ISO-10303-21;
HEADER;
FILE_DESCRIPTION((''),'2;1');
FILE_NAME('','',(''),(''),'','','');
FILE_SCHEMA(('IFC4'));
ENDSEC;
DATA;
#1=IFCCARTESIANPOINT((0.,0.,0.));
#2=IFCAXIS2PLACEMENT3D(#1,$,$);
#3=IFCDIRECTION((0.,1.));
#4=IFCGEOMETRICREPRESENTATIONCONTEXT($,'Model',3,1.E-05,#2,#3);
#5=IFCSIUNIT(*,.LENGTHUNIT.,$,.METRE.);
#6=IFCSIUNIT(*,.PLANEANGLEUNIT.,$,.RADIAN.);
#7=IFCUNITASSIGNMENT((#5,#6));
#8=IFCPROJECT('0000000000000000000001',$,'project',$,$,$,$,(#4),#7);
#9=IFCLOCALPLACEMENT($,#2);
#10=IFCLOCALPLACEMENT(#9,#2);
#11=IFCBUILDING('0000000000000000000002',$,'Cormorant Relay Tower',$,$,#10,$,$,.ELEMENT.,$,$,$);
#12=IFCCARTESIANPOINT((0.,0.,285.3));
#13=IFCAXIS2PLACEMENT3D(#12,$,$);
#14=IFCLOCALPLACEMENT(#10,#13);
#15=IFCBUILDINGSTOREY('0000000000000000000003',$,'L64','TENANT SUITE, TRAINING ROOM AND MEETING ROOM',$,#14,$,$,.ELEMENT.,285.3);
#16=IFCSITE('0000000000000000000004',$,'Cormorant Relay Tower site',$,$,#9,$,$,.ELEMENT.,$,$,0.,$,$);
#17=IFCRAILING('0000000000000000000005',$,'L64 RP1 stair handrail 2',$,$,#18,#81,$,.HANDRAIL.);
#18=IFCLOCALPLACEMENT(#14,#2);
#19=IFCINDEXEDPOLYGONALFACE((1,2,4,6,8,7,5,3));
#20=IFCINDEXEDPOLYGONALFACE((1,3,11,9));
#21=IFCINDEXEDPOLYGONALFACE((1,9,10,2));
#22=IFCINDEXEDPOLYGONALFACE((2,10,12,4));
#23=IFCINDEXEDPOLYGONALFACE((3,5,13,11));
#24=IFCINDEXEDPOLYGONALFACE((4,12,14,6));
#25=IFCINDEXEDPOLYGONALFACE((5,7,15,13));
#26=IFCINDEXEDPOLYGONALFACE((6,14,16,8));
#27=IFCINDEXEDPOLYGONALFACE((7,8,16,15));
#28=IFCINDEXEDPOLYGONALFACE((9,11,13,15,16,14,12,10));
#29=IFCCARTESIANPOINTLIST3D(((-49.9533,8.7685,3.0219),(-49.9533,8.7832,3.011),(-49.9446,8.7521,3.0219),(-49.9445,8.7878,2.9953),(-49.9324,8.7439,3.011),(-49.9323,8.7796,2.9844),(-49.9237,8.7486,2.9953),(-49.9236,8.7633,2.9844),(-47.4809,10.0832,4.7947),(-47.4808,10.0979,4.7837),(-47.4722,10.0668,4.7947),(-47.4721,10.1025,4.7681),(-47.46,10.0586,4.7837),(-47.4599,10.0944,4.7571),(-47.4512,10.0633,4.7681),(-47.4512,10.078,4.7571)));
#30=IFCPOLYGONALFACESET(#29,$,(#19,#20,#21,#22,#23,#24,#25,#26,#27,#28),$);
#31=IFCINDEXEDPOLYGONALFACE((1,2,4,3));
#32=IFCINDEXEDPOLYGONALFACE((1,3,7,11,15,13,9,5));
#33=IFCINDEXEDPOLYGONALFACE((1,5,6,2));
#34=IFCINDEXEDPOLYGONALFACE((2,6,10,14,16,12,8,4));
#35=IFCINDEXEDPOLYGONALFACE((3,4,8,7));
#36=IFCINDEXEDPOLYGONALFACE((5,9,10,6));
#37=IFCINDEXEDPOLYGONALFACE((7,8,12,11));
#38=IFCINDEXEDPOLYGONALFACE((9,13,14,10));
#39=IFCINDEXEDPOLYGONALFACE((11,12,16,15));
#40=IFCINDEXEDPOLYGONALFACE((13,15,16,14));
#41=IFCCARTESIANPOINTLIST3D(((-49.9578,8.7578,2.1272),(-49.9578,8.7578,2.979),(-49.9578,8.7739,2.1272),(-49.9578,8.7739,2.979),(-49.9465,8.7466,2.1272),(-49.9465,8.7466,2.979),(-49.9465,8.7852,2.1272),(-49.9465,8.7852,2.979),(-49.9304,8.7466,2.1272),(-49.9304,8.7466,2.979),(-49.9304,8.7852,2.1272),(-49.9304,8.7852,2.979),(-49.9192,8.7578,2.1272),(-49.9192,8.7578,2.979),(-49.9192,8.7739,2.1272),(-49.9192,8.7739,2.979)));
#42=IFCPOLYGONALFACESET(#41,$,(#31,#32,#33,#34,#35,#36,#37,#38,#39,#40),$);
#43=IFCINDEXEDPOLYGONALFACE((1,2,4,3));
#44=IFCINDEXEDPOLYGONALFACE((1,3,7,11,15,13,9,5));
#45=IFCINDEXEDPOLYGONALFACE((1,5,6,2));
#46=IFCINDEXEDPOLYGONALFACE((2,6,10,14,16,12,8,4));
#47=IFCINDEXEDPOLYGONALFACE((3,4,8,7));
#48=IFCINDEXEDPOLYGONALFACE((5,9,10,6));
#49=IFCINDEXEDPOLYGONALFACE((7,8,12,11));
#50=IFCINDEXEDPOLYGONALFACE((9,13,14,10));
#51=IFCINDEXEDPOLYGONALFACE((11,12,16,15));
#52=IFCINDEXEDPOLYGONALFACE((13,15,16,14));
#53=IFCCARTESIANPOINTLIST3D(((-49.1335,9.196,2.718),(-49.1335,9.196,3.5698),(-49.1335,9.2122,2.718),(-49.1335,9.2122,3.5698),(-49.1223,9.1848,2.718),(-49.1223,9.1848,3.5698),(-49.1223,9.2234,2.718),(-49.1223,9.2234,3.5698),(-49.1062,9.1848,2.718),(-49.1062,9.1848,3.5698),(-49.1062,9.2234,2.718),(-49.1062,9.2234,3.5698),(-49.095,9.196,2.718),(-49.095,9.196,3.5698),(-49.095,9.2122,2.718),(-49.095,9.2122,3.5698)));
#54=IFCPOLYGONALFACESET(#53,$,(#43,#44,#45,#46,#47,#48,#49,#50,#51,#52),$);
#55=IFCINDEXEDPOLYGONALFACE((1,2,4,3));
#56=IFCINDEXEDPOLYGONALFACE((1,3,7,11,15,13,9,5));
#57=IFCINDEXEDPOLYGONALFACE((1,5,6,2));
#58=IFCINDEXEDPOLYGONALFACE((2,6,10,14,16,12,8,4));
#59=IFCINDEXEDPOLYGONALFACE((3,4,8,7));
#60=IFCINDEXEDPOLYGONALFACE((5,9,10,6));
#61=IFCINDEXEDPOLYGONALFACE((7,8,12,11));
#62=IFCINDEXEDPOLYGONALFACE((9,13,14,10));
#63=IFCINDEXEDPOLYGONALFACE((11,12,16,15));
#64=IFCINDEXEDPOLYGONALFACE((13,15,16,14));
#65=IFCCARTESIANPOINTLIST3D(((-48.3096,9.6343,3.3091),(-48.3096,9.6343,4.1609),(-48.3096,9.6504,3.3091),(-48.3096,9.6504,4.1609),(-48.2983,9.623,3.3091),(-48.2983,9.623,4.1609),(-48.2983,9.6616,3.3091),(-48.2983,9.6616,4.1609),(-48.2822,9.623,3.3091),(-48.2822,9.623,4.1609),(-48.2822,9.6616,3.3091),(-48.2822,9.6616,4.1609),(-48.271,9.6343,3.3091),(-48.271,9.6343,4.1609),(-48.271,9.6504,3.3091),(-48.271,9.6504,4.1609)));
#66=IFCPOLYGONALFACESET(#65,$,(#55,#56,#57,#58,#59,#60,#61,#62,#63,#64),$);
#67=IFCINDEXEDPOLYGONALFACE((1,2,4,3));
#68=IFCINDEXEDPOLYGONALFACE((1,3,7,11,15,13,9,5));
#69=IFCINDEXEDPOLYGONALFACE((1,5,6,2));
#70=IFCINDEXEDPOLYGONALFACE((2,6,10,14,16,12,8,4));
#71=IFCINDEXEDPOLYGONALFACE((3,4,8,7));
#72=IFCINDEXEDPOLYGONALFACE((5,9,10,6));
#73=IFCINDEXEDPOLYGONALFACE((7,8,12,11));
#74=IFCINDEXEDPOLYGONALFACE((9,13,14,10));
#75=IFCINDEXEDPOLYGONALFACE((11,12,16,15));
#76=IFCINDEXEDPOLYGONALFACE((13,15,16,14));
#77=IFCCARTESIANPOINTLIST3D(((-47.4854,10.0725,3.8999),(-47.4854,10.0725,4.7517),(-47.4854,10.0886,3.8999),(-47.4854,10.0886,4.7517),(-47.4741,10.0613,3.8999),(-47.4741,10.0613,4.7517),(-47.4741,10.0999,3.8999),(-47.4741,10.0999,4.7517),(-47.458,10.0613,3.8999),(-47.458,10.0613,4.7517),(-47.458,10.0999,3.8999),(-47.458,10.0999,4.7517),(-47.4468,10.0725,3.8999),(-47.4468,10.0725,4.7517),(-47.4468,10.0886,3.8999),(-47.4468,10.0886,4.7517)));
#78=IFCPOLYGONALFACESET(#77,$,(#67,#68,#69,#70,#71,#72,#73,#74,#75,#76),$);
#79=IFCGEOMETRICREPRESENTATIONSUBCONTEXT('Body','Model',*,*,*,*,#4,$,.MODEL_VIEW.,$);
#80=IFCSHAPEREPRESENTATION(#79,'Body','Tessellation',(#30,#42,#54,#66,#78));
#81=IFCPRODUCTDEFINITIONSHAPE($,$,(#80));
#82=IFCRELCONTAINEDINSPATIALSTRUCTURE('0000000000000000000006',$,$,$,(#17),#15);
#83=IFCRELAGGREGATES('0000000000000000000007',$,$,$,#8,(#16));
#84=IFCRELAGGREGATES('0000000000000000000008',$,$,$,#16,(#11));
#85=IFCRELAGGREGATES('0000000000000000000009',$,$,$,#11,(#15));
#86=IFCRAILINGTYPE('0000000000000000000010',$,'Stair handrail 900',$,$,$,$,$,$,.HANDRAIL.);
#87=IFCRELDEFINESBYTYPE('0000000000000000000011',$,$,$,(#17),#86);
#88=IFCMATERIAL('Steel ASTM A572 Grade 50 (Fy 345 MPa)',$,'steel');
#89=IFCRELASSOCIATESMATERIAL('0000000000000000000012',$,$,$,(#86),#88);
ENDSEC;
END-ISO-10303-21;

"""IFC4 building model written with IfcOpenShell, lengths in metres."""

from ifc_helpers import new_model, si_unit, direction, frame, origin, place, context, subcontext, project, spatial, polyline, outline, extrude, material, type_object, element, save


model = new_model("IFC4")

# Units and contexts
model_context = context("Model", 3, precision=1e-05, world=origin(), true_north=direction((0.0, 1.0)))
body_context = subcontext(model_context, "Body", "Model", "MODEL_VIEW")
ifc_project = project(units=[si_unit("LENGTHUNIT", "METRE"), si_unit("PLANEANGLEUNIT", "RADIAN")], contexts=[model_context])

# Site, building, storey
site_placement = place(None, origin())
site = spatial("IfcSite", under=ifc_project, at=site_placement, Name="Cormorant Relay Tower site", CompositionType="ELEMENT", RefElevation=0.0)
building_placement = place(site_placement, origin())
building = spatial("IfcBuilding", under=site, at=building_placement, Name="Cormorant Relay Tower", CompositionType="ELEMENT")
storey_placement = place(building_placement, frame((0.0, 0.0, 285.3)))
storey = spatial("IfcBuildingStorey", under=building, at=storey_placement, Name="L64", Description="TENANT SUITE, TRAINING ROOM AND MEETING ROOM", CompositionType="ELEMENT", Elevation=285.3)

# Railing
ifc_material_1 = material(Name="Steel ASTM A572 Grade 50 (Fy 345 MPa)", Category="steel")
railing_type_1 = type_object("IfcRailingType", Name="Stair handrail 900", PredefinedType="HANDRAIL", material=ifc_material_1)
railing_1_placement = place(storey_placement, frame((-49.9385, 8.7659, 2.1272)))
element("IfcRailing", 1, at=railing_1_placement, inside=storey, type_object=railing_type_1, Name="L64 RP1 stair handrail 2", PredefinedType="HANDRAIL", context=body_context, shape_type="SweptSolid", body=[
    extrude(outline(polyline([(0.0222, 0.0093), (0.0093, 0.0222), (-0.0093, 0.0222), (-0.0222, 0.0093), (-0.0222, -0.0093), (-0.0093, -0.0222), (0.0093, -0.0222), (0.0222, -0.0093), (0.0222, 0.0093)])), frame((0.0, 0.0, 0.876), z_axis=(0.746012, 0.39669, 0.534886), x_axis=(-0.469497, 0.882934, 0.0)), (0.0, 0.0, 1.0), 3.3142),
    extrude(outline(polyline([(0.0193, 0.0081), (0.0081, 0.0193), (-0.0081, 0.0193), (-0.0193, 0.0081), (-0.0193, -0.0081), (-0.0081, -0.0193), (0.0081, -0.0193), (0.0193, -0.0081), (0.0193, 0.0081)])), origin(), (0.0, 0.0, 1.0), 0.8518),
    extrude(outline(polyline([(0.0193, 0.0081), (0.0081, 0.0193), (-0.0081, 0.0193), (-0.0193, 0.0081), (-0.0193, -0.0081), (-0.0081, -0.0193), (0.0081, -0.0193), (0.0193, -0.0081), (0.0193, 0.0081)])), frame((0.8242, 0.4382, 0.5908)), (0.0, 0.0, 1.0), 0.8518),
    extrude(outline(polyline([(0.0193, 0.0081), (0.0081, 0.0193), (-0.0081, 0.0193), (-0.0193, 0.0081), (-0.0193, -0.0081), (-0.0081, -0.0193), (0.0081, -0.0193), (0.0193, -0.0081), (0.0193, 0.0081)])), frame((1.6482, 0.8765, 1.1819)), (0.0, 0.0, 1.0), 0.8518),
    extrude(outline(polyline([(0.0193, 0.0081), (0.0081, 0.0193), (-0.0081, 0.0193), (-0.0193, 0.0081), (-0.0193, -0.0081), (-0.0081, -0.0193), (0.0081, -0.0193), (0.0193, -0.0081), (0.0193, 0.0081)])), frame((2.4724, 1.3147, 1.7727)), (0.0, 0.0, 1.0), 0.8518),
])

save(model, "model.ifc")
